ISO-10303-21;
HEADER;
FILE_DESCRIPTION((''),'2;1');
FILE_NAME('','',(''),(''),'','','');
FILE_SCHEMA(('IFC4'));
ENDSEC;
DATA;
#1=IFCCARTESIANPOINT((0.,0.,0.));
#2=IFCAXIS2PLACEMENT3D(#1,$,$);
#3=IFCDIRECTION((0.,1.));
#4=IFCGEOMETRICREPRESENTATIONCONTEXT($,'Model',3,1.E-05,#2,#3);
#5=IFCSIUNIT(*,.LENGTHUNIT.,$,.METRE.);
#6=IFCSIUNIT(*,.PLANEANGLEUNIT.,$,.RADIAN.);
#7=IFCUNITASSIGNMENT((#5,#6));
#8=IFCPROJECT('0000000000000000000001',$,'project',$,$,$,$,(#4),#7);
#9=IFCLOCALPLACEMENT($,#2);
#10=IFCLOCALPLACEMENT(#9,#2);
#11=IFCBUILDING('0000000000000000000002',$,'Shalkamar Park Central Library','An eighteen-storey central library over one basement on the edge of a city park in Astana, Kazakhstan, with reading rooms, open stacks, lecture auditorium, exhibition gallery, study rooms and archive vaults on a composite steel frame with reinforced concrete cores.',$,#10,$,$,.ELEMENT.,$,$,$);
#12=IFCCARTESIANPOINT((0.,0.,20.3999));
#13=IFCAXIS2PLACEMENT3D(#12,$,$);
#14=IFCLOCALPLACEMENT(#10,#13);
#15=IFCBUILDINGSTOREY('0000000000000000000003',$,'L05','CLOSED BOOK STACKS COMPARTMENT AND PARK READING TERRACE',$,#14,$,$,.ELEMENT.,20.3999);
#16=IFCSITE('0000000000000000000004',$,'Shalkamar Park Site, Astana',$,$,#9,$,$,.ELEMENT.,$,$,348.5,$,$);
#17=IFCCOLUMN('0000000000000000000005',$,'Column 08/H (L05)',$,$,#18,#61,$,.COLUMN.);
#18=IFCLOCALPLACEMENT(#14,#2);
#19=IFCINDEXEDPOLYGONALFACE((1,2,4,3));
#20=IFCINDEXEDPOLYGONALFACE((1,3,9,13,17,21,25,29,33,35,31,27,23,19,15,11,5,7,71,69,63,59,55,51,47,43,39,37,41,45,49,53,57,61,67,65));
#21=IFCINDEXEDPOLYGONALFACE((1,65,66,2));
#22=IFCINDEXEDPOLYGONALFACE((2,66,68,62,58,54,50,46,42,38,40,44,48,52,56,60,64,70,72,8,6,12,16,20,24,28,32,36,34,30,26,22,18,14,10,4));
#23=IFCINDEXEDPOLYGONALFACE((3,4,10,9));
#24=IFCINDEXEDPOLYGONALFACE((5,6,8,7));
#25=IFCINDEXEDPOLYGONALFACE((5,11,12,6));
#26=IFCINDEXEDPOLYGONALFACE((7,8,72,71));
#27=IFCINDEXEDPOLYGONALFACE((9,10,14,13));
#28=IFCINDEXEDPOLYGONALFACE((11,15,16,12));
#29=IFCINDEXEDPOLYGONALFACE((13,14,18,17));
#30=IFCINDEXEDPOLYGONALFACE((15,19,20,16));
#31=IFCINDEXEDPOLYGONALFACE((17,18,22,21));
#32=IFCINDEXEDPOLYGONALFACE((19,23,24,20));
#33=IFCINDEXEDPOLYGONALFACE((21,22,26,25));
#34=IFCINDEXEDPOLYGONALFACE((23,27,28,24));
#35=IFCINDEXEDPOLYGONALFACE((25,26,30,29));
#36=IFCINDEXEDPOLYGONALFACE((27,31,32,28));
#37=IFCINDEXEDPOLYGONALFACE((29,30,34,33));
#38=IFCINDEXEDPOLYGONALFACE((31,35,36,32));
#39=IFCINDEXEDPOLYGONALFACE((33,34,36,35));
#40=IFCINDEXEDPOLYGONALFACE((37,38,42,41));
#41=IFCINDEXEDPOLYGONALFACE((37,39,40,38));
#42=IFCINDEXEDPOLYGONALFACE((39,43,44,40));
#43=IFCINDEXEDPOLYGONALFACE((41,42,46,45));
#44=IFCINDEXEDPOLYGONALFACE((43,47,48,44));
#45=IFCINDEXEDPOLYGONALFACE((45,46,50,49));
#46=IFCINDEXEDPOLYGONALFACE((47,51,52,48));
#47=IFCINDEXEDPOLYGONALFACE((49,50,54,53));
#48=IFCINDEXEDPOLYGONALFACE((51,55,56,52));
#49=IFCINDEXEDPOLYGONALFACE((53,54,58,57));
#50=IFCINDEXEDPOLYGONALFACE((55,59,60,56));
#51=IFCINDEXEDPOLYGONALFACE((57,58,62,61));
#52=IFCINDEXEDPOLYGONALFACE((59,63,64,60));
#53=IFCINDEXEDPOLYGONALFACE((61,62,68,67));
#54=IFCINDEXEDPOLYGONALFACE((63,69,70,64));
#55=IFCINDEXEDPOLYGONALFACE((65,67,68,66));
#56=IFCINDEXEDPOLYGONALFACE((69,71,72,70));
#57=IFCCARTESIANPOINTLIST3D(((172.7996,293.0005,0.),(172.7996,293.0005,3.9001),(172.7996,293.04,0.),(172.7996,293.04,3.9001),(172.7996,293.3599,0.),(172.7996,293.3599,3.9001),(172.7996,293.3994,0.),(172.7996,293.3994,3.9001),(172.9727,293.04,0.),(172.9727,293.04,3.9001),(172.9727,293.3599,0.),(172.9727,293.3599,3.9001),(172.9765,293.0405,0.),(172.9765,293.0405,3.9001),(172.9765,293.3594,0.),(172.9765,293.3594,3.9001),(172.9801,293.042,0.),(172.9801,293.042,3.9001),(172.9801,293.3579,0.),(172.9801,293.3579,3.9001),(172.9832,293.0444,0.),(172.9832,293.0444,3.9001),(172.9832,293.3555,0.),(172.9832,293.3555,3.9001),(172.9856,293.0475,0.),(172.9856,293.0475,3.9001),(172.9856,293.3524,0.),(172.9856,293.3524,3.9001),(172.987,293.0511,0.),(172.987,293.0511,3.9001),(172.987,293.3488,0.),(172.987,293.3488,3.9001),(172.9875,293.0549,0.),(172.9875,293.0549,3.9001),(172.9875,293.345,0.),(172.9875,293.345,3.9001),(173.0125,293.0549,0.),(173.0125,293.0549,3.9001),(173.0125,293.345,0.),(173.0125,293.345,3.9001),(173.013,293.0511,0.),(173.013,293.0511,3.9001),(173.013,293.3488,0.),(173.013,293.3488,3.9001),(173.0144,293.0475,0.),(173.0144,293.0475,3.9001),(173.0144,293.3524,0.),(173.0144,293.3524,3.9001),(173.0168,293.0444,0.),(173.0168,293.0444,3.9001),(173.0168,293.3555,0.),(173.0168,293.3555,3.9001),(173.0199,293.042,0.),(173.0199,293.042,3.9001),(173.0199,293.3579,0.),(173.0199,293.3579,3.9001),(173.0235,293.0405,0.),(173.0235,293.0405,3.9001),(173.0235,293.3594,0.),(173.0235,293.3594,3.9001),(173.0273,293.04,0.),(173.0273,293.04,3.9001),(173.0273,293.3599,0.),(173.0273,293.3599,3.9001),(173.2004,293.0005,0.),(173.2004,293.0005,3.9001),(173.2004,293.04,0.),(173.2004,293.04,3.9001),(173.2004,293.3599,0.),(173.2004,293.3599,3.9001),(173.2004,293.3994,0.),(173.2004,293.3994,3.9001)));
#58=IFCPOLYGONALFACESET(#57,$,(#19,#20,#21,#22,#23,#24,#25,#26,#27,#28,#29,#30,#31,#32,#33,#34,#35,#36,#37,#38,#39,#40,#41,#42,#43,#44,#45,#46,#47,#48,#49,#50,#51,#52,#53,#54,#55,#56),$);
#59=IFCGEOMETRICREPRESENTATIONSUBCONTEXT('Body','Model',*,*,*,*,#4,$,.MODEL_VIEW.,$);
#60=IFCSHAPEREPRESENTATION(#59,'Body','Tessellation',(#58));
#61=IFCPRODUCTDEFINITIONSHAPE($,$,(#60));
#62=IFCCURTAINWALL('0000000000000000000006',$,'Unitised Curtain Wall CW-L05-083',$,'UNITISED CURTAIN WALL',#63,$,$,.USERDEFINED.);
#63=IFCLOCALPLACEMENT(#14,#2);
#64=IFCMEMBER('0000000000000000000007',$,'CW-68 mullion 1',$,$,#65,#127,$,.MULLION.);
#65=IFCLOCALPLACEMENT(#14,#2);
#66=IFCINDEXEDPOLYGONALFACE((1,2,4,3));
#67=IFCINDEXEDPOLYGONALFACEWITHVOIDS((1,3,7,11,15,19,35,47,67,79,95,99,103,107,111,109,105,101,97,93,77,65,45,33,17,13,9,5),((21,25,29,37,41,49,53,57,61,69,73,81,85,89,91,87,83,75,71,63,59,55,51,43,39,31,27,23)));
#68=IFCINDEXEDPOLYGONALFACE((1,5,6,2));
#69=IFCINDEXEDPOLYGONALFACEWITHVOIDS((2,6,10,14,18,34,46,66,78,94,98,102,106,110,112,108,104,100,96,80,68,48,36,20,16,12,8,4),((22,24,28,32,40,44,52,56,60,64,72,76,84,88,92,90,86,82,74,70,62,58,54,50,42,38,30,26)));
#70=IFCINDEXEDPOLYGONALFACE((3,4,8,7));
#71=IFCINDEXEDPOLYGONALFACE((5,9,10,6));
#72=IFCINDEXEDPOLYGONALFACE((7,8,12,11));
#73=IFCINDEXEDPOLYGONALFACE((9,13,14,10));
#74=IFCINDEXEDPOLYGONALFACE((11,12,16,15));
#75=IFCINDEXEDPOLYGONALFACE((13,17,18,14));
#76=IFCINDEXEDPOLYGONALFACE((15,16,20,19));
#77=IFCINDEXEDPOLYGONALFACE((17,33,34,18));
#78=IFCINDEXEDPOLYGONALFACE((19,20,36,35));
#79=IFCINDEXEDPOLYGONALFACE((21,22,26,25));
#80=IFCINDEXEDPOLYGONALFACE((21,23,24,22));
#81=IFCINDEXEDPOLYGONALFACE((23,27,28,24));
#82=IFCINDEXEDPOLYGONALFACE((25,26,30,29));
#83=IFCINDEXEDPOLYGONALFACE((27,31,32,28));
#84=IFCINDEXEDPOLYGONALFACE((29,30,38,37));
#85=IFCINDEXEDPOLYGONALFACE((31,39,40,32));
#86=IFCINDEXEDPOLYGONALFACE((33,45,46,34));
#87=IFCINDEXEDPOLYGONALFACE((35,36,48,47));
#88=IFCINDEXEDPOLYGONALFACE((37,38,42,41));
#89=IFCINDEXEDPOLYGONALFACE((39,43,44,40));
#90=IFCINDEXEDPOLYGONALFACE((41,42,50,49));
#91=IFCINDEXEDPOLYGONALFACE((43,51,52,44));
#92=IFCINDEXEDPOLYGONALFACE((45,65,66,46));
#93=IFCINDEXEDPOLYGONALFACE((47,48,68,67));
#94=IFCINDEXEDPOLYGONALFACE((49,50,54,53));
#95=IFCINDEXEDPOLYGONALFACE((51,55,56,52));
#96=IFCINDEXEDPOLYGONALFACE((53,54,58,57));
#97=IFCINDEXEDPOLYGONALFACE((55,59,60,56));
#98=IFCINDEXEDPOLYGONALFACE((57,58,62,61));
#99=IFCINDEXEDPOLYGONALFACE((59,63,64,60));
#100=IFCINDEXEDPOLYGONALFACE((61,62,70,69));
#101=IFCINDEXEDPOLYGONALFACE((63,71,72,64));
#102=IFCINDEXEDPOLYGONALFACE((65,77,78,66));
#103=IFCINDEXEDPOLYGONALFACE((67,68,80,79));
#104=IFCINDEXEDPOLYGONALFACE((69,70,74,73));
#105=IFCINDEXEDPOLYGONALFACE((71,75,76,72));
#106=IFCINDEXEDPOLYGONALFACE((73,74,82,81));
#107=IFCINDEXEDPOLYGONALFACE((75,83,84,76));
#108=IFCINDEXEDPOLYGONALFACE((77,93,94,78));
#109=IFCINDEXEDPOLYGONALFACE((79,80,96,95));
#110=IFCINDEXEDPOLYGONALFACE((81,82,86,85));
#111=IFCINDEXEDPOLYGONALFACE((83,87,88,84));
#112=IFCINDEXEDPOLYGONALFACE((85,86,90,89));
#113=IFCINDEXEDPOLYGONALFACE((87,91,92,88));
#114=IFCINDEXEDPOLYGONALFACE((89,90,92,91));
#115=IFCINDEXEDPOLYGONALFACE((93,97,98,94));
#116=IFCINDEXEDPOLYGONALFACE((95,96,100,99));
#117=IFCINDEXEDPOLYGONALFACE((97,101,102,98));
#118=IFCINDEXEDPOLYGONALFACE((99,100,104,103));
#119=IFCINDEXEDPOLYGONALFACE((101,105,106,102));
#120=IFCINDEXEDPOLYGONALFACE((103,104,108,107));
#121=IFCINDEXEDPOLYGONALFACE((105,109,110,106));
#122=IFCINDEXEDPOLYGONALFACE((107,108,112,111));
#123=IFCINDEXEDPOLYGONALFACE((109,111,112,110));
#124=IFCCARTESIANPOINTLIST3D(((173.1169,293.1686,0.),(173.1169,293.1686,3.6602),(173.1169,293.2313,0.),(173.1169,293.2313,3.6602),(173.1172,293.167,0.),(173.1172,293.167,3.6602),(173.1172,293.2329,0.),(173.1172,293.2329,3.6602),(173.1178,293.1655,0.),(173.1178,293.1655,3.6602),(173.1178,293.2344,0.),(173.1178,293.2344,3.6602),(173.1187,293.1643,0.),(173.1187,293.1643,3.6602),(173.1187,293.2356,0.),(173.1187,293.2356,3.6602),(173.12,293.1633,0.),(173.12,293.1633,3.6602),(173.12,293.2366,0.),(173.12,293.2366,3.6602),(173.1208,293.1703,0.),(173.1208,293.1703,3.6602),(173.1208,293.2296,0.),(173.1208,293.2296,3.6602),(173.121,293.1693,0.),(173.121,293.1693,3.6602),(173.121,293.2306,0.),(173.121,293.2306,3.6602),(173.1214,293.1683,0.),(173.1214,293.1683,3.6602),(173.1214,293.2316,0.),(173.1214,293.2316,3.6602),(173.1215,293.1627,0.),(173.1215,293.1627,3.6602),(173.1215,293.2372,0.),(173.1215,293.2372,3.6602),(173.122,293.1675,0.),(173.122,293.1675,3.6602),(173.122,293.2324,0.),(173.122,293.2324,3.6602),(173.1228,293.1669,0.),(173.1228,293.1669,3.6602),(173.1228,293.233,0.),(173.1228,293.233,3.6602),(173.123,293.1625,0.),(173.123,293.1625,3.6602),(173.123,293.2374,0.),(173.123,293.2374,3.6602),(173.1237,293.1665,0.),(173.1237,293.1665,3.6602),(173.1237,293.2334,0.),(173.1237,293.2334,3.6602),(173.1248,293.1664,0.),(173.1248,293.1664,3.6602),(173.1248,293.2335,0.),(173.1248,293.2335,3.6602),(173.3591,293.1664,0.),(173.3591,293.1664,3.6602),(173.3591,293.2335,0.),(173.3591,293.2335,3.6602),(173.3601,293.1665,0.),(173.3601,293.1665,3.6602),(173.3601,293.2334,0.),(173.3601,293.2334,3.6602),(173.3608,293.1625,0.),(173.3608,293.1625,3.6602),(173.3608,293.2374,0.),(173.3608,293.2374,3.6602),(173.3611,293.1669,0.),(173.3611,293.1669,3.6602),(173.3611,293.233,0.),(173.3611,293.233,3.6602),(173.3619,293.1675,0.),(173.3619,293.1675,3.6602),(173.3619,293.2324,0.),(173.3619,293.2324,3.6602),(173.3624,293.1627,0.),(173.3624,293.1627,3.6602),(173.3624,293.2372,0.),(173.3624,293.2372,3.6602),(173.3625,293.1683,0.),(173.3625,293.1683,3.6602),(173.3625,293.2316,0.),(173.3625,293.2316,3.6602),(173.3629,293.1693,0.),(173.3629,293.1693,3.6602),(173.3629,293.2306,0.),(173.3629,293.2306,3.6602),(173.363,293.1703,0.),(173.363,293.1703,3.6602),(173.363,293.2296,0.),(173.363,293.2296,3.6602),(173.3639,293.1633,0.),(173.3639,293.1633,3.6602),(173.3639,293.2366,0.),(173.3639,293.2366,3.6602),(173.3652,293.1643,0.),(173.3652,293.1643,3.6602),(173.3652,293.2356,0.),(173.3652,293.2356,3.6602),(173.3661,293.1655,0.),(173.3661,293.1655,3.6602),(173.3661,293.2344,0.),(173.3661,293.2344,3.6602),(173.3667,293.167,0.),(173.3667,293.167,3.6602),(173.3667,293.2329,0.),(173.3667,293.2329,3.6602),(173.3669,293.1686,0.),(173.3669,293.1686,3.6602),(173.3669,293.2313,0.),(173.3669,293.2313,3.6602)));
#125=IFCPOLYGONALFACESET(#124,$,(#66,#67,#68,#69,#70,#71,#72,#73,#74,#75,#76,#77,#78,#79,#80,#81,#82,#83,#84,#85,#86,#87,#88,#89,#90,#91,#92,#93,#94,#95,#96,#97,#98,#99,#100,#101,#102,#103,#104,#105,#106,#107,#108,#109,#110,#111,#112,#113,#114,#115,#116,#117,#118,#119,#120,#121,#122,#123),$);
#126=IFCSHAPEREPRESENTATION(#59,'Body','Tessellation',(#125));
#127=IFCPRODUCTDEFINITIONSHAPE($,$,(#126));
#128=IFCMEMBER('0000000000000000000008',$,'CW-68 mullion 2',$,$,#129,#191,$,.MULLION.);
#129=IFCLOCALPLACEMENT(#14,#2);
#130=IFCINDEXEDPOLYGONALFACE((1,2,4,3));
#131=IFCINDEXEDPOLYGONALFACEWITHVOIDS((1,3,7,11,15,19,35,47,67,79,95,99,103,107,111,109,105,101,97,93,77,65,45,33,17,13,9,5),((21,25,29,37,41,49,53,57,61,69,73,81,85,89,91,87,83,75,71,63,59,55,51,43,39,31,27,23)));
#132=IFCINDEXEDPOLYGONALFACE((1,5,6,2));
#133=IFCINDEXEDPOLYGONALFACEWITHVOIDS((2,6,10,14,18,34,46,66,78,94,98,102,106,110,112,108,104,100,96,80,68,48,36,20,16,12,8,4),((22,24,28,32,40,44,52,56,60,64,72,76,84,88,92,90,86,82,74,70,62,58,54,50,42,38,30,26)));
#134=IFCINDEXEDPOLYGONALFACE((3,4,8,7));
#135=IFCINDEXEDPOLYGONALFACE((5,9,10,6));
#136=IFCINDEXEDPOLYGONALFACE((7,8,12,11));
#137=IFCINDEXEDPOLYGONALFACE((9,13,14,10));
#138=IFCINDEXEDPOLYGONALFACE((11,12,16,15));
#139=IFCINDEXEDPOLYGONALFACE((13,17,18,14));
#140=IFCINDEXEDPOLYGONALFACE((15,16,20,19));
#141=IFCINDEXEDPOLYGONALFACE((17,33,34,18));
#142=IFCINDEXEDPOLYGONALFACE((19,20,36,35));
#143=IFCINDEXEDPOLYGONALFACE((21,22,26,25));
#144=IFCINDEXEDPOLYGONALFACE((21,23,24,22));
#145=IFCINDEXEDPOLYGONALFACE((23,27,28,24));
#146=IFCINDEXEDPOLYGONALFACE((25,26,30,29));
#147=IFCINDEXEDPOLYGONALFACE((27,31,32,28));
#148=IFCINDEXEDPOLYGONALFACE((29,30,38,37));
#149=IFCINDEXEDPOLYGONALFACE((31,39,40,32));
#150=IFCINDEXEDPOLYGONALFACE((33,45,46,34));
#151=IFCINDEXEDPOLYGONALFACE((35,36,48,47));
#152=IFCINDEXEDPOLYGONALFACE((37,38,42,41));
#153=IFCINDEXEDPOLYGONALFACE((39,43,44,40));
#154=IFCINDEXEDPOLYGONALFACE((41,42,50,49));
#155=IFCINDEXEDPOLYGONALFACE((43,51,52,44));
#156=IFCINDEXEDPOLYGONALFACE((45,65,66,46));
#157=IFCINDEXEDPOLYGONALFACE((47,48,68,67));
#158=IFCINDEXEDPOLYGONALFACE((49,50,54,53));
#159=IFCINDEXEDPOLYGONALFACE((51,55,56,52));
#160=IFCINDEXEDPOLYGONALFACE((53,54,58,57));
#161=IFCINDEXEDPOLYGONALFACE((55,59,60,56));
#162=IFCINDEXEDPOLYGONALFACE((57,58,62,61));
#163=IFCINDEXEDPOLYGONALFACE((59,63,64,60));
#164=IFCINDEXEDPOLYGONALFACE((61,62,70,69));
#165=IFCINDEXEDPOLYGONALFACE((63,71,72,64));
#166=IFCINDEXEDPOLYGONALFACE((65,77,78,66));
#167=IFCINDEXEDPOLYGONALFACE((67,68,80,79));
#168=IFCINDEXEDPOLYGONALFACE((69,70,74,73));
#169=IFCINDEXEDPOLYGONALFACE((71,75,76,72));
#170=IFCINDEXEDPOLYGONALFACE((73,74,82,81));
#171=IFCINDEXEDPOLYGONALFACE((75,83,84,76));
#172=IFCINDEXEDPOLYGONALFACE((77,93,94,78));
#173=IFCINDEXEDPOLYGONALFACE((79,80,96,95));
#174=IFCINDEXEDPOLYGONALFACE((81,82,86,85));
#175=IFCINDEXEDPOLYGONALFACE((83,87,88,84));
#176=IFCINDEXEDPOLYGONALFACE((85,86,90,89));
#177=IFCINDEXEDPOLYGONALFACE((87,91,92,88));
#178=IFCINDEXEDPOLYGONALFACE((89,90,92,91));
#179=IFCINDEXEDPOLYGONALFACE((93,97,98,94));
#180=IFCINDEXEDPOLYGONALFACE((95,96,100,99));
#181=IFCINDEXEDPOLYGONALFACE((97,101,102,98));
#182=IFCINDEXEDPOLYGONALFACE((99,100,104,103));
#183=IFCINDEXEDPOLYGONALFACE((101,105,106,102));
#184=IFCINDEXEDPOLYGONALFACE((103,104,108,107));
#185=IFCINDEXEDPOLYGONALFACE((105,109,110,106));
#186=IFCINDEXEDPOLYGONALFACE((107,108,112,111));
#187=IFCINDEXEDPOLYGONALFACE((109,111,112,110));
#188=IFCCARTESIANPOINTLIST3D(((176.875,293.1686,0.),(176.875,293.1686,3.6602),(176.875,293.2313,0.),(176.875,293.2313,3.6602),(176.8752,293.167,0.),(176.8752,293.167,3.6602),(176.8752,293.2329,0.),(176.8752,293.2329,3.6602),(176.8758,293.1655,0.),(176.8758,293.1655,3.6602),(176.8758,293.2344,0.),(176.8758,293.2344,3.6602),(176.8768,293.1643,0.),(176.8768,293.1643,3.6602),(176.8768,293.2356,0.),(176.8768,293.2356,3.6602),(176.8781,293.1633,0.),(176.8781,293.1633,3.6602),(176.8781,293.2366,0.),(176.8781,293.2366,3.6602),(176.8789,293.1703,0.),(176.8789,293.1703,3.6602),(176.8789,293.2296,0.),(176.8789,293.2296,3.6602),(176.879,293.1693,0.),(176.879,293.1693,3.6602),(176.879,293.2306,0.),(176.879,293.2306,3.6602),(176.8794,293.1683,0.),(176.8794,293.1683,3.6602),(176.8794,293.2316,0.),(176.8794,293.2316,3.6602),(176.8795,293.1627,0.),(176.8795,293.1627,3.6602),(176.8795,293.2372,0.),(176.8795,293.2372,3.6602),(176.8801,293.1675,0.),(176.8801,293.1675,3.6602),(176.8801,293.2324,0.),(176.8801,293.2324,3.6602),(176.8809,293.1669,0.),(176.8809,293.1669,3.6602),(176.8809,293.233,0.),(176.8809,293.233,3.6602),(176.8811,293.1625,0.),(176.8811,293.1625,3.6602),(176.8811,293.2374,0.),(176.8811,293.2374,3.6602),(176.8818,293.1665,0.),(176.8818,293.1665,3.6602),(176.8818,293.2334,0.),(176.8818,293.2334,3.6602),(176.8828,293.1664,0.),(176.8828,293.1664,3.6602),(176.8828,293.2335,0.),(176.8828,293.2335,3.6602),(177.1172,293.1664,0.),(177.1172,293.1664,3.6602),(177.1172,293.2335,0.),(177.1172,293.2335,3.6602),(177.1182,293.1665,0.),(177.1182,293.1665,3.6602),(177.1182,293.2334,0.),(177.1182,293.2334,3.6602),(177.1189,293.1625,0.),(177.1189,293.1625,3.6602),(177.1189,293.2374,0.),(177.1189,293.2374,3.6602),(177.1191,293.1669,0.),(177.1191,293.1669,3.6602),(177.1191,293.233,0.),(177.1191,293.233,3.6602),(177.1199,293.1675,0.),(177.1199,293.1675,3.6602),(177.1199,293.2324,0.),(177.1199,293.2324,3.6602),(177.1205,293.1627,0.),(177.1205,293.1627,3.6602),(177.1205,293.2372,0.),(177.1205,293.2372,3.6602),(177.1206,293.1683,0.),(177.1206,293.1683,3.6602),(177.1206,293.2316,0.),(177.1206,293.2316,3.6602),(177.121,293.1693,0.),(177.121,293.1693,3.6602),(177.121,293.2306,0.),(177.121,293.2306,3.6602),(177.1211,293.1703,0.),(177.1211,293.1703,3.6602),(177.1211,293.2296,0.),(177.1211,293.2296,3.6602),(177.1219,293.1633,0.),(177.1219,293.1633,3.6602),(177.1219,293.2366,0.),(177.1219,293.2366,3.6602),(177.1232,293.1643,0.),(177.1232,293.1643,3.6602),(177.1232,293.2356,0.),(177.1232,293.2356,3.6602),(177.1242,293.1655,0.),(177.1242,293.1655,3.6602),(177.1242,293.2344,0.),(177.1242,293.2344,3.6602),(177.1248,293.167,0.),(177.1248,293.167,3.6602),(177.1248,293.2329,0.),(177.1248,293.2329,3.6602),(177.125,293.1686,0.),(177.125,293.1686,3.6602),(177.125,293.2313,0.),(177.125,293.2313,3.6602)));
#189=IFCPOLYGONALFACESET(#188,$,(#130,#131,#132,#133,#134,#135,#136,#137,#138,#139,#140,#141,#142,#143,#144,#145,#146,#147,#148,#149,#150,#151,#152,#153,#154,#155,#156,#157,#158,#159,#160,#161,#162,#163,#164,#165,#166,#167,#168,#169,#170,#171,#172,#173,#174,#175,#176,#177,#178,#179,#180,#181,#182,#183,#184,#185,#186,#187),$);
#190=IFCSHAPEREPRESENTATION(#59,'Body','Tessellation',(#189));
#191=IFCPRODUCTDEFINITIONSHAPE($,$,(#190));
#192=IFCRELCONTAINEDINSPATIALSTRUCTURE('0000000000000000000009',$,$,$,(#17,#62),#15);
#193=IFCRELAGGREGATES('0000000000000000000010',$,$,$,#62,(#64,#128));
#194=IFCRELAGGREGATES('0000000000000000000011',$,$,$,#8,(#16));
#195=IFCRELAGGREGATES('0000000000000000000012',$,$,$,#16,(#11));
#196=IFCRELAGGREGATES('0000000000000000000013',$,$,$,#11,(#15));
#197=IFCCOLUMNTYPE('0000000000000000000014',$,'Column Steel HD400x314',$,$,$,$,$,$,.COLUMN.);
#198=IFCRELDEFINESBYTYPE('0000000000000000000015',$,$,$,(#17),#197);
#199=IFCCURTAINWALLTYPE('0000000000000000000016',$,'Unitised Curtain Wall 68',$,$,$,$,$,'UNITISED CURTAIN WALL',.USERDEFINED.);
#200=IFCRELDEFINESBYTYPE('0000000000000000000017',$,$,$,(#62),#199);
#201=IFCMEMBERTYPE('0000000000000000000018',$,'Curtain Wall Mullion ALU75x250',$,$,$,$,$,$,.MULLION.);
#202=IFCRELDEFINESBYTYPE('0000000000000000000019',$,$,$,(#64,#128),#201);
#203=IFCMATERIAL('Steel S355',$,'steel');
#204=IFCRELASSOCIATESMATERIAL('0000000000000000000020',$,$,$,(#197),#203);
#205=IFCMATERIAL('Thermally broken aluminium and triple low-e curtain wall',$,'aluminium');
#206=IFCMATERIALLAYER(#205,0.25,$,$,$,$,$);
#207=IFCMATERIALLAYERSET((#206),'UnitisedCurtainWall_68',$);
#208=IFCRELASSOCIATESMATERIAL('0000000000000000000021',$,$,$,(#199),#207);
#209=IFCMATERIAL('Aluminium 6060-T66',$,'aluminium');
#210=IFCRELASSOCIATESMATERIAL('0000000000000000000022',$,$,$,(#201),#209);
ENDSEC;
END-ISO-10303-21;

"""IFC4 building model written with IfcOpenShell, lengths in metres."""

from ifc_helpers import new_model, si_unit, direction, frame, origin, origin_2d, place, context, subcontext, project, spatial, hollow_rectangle, i_section, extrude, material, layer, layer_set, material_profile, profile_set, type_object, element, aggregate, save


model = new_model("IFC4")

# Units and contexts
model_context = context("Model", 3, precision=1e-05, world=origin(), true_north=direction((0.0, 1.0)))
body_context = subcontext(model_context, "Body", "Model", "MODEL_VIEW")
ifc_project = project(units=[si_unit("LENGTHUNIT", "METRE"), si_unit("PLANEANGLEUNIT", "RADIAN")], contexts=[model_context])

# Site, building, storey
site_placement = place(None, origin())
site = spatial("IfcSite", under=ifc_project, at=site_placement, Name="Shalkamar Park Site, Astana", CompositionType="ELEMENT", RefElevation=348.5)
building_placement = place(site_placement, origin())
building = spatial("IfcBuilding", under=site, at=building_placement, Name="Shalkamar Park Central Library", Description="An eighteen-storey central library over one basement on the edge of a city park in Astana, Kazakhstan, with reading rooms, open stacks, lecture auditorium, exhibition gallery, study rooms and archive vaults on a composite steel frame with reinforced concrete cores.", CompositionType="ELEMENT")
storey_placement = place(building_placement, frame((0.0, 0.0, 20.3999)))
storey = spatial("IfcBuildingStorey", under=building, at=storey_placement, Name="L05", Description="CLOSED BOOK STACKS COMPARTMENT AND PARK READING TERRACE", CompositionType="ELEMENT", Elevation=20.3999)

# Column
ifc_material_1 = material(Name="Steel S355", Category="steel")
ifc_material_profile_1 = material_profile(ifc_material_1, i_section(OverallWidth=0.4009, OverallDepth=0.3989, WebThickness=0.0249, FlangeThickness=0.0396, FilletRadius=0.0149, at=origin_2d()), Name="HD 400x314")
ifc_profile_set_1 = profile_set([ifc_material_profile_1], Name="Steel S355")
column_type = type_object("IfcColumnType", Name="Column Steel HD400x314", PredefinedType="COLUMN", material=ifc_profile_set_1)
column_placement = place(storey_placement, frame((173.0, 293.2, 0.0), z_axis=(0.0, 0.0, 1.0), x_axis=(1.0, 0.0, 0.0)))
element("IfcColumn", 1, at=column_placement, inside=storey, type_object=column_type, Name="Column 08/H (L05)", PredefinedType="COLUMN", context=body_context, shape_type="SweptSolid", body=[
    extrude(i_section(OverallWidth=0.4009, OverallDepth=0.3989, WebThickness=0.0249, FlangeThickness=0.0396, FilletRadius=0.0149, at=origin_2d()), origin(), (0.0, 0.0, 1.0), 3.9001),
])

# Curtain wall, members
ifc_material_2 = material(Name="Thermally broken aluminium and triple low-e curtain wall", Category="aluminium")
ifc_layer_1 = layer(ifc_material_2, 0.25)
ifc_layer_set_1 = layer_set([ifc_layer_1], Name="UnitisedCurtainWall_68")
curtain_wall_type_1 = type_object("IfcCurtainWallType", Name="Unitised Curtain Wall 68", ElementType="UNITISED CURTAIN WALL", PredefinedType="USERDEFINED", material=ifc_layer_set_1)
curtain_wall_1_placement = place(storey_placement, origin())
curtain_wall_1 = element("IfcCurtainWall", 2, at=curtain_wall_1_placement, inside=storey, type_object=curtain_wall_type_1, Name="Unitised Curtain Wall CW-L05-083", ObjectType="UNITISED CURTAIN WALL", PredefinedType="USERDEFINED")
ifc_material_3 = material(Name="Aluminium 6060-T66", Category="aluminium")
ifc_material_profile_2 = material_profile(ifc_material_3, hollow_rectangle(XDim=0.075, YDim=0.25, WallThickness=0.0039, InnerFilletRadius=0.0039, OuterFilletRadius=0.0061, at=origin_2d()), Name="ALU 75x250x4")
ifc_profile_set_2 = profile_set([ifc_material_profile_2], Name="Aluminium 6060-T66")
member_type_1 = type_object("IfcMemberType", Name="Curtain Wall Mullion ALU75x250", PredefinedType="MULLION", material=ifc_profile_set_2)
member_1_placement = place(storey_placement, frame((173.2419, 293.2, 0.0), z_axis=(0.0, 0.0, 1.0), x_axis=(0.0, 1.0, 0.0)))
member_1 = element("IfcMember", 3, at=member_1_placement, type_object=member_type_1, Name="CW-68 mullion 1", PredefinedType="MULLION", context=body_context, shape_type="SweptSolid", body=[
    extrude(hollow_rectangle(XDim=0.075, YDim=0.25, WallThickness=0.0039, InnerFilletRadius=0.0039, OuterFilletRadius=0.0061, at=origin_2d()), origin(), (0.0, 0.0, 1.0), 3.6602),
])
member_2_placement = place(storey_placement, frame((177.0, 293.2, 0.0), z_axis=(0.0, 0.0, 1.0), x_axis=(0.0, 1.0, 0.0)))
member_2 = element("IfcMember", 4, at=member_2_placement, type_object=member_type_1, Name="CW-68 mullion 2", PredefinedType="MULLION", context=body_context, shape_type="SweptSolid", body=[
    extrude(hollow_rectangle(XDim=0.075, YDim=0.25, WallThickness=0.0039, InnerFilletRadius=0.0039, OuterFilletRadius=0.0061, at=origin_2d()), origin(), (0.0, 0.0, 1.0), 3.6602),
])

aggregate(curtain_wall_1, [member_1, member_2])

save(model, "model.ifc")
